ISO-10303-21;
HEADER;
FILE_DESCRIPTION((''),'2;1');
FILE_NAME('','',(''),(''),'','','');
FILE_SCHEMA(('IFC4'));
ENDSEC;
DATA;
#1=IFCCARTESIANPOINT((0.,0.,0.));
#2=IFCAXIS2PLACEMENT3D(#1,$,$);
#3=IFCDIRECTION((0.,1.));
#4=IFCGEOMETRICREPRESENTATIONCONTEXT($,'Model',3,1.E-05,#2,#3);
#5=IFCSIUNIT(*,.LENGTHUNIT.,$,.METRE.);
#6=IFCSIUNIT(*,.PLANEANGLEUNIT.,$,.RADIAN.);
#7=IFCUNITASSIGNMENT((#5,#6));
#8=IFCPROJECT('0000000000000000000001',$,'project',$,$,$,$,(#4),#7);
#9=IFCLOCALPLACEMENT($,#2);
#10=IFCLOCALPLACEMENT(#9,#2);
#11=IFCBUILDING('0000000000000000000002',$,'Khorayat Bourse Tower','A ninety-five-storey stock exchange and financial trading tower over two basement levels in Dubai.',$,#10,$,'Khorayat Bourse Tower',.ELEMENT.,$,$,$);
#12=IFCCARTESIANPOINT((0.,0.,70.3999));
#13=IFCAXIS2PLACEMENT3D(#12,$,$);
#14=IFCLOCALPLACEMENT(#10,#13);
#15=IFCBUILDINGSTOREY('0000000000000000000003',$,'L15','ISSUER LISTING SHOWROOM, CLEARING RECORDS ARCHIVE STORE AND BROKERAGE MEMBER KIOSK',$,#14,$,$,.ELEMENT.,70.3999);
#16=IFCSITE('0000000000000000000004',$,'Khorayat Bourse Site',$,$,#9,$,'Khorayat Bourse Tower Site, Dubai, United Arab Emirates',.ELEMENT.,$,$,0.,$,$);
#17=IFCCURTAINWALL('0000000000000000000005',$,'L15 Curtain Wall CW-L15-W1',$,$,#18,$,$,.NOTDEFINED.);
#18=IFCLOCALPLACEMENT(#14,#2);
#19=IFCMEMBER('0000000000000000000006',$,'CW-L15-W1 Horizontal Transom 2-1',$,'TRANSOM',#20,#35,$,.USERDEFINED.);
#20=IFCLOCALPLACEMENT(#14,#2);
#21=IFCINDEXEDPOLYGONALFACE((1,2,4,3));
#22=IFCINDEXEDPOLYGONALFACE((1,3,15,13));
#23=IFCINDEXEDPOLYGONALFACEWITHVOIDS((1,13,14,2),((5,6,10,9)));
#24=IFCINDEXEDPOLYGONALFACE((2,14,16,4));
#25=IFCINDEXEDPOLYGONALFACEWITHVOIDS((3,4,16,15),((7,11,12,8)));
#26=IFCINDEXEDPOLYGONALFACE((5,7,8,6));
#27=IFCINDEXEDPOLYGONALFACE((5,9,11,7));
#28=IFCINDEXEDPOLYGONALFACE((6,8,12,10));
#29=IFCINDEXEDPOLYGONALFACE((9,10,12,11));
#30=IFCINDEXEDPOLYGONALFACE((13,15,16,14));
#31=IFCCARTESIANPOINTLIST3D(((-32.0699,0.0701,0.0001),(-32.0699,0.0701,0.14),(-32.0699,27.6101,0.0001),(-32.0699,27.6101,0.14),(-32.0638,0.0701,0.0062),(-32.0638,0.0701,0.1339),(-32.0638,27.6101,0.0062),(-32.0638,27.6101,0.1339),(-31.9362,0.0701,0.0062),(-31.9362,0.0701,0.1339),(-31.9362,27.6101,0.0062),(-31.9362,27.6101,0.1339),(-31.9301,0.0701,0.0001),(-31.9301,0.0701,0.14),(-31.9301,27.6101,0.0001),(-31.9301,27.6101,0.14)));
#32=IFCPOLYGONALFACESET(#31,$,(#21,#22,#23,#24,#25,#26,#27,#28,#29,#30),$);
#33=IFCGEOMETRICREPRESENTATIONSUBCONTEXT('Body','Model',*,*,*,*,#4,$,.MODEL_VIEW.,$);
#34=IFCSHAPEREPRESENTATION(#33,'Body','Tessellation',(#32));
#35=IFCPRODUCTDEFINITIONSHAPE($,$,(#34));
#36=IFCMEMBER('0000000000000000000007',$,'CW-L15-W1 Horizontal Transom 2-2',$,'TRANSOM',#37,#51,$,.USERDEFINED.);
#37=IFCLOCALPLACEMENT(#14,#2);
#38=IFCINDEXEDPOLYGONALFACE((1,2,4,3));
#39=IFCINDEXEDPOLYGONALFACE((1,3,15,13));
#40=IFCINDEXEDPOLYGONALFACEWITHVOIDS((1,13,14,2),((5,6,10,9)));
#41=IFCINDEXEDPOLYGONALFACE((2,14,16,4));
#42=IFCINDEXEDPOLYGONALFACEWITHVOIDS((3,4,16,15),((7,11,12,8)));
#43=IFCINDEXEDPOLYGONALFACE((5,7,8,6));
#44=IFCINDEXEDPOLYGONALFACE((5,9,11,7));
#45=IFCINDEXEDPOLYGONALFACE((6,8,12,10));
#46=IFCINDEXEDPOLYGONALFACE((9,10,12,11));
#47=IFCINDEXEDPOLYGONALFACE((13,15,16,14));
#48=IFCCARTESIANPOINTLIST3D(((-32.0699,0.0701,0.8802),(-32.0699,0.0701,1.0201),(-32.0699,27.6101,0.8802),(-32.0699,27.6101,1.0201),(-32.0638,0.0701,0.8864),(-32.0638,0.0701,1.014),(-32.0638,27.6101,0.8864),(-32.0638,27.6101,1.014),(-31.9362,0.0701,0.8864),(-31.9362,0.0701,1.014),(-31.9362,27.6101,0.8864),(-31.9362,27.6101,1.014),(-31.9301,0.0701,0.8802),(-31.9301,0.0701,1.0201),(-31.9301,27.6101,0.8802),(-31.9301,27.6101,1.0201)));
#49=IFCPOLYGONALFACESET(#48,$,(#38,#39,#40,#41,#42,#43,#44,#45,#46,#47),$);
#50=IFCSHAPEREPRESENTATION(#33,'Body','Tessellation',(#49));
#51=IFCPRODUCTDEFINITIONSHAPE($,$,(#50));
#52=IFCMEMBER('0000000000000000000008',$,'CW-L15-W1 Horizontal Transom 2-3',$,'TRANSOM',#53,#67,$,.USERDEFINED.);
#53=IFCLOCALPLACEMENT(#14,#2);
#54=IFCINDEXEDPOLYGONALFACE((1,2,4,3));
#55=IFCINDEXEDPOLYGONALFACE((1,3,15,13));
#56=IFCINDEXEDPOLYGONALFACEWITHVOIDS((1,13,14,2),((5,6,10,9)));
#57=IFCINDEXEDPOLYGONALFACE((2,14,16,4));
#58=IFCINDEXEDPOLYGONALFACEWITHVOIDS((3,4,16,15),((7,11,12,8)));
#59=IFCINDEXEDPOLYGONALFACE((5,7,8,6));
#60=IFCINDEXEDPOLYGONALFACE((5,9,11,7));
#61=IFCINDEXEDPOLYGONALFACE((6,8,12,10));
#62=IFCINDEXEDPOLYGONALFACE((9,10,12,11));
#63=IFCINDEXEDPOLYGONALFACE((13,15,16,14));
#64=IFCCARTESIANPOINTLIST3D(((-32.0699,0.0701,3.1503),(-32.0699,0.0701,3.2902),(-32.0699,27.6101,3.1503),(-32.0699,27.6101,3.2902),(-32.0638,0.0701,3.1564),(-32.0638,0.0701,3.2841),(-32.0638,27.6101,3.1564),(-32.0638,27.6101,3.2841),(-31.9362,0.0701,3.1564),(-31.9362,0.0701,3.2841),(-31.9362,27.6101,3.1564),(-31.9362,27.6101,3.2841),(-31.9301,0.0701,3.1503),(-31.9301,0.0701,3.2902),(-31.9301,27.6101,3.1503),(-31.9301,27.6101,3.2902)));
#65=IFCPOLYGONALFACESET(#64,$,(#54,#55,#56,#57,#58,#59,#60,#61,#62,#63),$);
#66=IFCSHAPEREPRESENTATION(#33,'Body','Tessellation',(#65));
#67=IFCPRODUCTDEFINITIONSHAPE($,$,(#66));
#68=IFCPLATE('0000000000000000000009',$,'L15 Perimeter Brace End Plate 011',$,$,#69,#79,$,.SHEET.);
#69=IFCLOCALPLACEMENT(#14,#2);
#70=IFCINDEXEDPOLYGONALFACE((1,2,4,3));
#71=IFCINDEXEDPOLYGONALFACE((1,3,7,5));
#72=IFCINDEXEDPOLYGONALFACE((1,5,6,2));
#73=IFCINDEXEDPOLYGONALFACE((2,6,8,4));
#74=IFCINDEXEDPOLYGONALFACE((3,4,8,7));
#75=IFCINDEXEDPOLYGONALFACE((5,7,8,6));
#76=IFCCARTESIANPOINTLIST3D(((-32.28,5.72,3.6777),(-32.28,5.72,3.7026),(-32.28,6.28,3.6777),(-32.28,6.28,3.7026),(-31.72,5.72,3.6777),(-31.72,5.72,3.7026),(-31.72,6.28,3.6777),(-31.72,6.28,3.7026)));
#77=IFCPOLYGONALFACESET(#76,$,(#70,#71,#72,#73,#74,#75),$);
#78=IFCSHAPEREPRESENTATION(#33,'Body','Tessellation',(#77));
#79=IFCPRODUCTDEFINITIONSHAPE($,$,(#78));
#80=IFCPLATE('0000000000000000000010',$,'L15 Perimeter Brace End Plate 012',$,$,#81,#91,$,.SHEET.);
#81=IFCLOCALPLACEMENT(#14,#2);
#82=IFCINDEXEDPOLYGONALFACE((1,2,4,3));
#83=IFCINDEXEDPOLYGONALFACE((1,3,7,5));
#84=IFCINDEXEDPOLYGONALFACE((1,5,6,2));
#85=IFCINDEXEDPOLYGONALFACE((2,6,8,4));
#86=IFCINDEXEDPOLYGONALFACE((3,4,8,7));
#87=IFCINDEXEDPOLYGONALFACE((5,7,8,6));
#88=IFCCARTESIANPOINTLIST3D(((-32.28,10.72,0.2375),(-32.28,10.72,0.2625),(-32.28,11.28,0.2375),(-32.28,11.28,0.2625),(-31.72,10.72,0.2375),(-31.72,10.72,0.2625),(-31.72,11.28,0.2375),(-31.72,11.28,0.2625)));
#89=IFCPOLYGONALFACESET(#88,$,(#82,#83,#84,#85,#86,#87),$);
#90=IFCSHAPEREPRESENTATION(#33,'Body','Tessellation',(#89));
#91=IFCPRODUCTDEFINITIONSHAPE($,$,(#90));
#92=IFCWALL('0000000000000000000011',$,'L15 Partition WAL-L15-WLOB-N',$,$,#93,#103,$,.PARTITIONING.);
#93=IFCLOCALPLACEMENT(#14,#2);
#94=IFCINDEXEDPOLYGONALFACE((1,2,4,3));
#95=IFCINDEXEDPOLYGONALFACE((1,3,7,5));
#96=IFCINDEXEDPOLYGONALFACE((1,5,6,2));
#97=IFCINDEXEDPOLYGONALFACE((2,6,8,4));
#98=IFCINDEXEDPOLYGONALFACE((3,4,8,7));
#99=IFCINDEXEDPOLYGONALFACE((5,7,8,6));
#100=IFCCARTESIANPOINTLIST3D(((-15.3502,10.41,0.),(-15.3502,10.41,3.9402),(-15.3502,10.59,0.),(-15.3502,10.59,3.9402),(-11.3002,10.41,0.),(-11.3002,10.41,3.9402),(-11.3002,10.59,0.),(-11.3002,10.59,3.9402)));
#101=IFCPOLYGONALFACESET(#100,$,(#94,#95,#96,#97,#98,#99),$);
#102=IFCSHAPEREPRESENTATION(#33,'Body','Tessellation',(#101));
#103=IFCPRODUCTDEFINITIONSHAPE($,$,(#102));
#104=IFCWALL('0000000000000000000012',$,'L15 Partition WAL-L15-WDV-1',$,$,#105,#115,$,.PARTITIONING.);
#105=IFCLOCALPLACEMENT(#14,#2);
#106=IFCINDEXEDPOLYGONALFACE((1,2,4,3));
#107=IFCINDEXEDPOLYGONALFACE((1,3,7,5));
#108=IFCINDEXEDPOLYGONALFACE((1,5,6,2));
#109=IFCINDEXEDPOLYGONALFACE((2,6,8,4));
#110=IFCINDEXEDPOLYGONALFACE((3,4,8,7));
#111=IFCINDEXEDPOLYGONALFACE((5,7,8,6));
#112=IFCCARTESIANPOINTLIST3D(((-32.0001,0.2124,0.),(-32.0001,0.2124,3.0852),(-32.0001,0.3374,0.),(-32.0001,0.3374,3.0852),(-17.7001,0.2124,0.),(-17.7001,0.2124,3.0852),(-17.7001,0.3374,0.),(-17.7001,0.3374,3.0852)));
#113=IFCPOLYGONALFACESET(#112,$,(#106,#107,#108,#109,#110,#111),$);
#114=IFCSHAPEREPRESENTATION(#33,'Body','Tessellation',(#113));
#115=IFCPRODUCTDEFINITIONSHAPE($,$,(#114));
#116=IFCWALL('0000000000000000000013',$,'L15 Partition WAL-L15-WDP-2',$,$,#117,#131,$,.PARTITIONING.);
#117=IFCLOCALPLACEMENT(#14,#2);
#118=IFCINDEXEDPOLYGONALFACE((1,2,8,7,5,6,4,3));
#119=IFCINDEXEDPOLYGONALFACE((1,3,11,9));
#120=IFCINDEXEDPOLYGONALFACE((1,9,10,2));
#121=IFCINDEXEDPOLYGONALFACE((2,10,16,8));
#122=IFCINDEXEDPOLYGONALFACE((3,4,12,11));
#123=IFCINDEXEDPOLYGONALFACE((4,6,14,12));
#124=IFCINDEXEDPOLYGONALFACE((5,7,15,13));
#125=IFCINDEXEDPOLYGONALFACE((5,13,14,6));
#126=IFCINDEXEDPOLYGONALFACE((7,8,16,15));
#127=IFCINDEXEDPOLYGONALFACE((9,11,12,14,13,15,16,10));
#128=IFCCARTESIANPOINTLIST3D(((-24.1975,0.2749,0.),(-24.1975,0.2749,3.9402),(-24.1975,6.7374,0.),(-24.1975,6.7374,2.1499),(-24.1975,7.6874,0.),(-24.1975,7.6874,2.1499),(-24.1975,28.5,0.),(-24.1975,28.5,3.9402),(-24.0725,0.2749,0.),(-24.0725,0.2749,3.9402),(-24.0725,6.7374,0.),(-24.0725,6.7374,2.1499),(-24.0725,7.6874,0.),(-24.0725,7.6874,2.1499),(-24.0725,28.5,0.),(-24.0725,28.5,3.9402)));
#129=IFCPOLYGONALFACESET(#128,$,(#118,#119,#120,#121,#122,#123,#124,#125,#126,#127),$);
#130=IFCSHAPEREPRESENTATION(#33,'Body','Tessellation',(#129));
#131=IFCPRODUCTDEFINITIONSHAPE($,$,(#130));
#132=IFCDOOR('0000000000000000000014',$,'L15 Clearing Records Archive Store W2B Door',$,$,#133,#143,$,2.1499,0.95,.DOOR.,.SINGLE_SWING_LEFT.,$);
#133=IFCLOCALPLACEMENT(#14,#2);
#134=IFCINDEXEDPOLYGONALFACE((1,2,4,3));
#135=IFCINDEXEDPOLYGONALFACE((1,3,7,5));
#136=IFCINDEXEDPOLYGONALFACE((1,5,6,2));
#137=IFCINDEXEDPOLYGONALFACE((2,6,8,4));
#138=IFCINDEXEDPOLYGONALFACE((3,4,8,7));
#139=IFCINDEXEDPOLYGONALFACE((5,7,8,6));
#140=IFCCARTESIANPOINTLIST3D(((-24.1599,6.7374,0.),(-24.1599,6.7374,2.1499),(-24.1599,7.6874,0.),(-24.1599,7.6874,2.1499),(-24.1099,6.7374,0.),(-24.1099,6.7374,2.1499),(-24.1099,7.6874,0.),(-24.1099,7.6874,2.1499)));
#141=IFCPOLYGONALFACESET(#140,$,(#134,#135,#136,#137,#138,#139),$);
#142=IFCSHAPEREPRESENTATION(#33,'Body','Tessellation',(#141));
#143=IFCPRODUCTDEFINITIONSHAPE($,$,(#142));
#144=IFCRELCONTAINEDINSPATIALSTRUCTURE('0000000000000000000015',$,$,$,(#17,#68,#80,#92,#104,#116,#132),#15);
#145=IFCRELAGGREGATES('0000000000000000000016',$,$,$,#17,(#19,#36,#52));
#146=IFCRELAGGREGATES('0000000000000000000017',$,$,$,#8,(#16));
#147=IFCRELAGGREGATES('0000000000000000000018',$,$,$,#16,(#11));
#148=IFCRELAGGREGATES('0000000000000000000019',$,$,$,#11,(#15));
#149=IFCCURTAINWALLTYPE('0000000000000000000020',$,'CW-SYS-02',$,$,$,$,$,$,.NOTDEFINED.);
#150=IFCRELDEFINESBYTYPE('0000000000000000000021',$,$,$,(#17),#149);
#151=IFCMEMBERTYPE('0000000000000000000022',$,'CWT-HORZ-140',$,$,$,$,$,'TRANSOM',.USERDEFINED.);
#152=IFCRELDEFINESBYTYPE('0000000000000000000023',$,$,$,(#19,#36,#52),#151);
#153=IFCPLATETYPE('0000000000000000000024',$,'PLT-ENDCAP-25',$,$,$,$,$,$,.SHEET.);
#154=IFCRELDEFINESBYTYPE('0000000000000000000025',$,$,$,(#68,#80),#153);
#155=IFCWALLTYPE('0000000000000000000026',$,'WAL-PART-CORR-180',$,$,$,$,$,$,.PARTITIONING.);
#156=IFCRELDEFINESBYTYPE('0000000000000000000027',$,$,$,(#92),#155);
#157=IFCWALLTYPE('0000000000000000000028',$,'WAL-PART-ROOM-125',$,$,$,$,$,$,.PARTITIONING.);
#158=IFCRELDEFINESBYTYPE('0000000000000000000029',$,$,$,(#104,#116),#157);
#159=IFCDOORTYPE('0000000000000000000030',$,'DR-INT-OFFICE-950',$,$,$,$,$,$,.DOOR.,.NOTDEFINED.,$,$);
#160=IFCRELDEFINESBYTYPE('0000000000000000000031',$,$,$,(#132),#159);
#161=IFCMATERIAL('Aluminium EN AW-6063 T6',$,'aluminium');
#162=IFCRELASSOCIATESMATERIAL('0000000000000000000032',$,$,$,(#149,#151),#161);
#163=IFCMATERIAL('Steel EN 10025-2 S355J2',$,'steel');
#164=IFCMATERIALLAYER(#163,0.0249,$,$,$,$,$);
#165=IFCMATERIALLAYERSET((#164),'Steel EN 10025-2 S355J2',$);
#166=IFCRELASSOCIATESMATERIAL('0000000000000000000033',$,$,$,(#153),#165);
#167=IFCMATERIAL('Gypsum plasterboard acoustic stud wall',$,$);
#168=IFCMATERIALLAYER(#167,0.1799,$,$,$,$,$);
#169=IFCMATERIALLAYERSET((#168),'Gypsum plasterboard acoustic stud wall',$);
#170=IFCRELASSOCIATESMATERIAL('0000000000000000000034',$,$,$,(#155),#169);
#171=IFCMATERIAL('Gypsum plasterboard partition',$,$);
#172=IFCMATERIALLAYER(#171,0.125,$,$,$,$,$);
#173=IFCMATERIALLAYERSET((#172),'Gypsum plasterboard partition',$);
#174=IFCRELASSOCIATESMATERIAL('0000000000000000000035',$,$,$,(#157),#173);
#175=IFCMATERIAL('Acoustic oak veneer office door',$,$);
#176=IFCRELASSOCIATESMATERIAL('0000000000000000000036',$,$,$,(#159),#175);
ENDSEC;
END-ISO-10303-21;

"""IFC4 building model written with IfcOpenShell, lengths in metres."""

from ifc_helpers import new_model, si_unit, direction, frame, frame_2d, origin, origin_2d, place, context, subcontext, project, spatial, rectangle, hollow_rectangle, extrude, source, transform, mapped, material, layer, layer_set, material_profile, profile_set, type_object, element, fill, aggregate, save


model = new_model("IFC4")

# Units and contexts
model_context = context("Model", 3, precision=1e-05, world=origin(), true_north=direction((0.0, 1.0)))
body_context = subcontext(model_context, "Body", "Model", "MODEL_VIEW")
ifc_project = project(units=[si_unit("LENGTHUNIT", "METRE"), si_unit("PLANEANGLEUNIT", "RADIAN")], contexts=[model_context])

# Site, building, storey
site_placement = place(None, origin())
site = spatial("IfcSite", under=ifc_project, at=site_placement, Name="Khorayat Bourse Site", LongName="Khorayat Bourse Tower Site, Dubai, United Arab Emirates", CompositionType="ELEMENT", RefElevation=0.0)
building_placement = place(site_placement, origin())
building = spatial("IfcBuilding", under=site, at=building_placement, Name="Khorayat Bourse Tower", Description="A ninety-five-storey stock exchange and financial trading tower over two basement levels in Dubai.", LongName="Khorayat Bourse Tower", CompositionType="ELEMENT")
storey_placement = place(building_placement, frame((0.0, 0.0, 70.3999)))
storey = spatial("IfcBuildingStorey", under=building, at=storey_placement, Name="L15", Description="ISSUER LISTING SHOWROOM, CLEARING RECORDS ARCHIVE STORE AND BROKERAGE MEMBER KIOSK", CompositionType="ELEMENT", Elevation=70.3999)

# Curtain wall, members
ifc_material_1 = material(Name="Aluminium EN AW-6063 T6", Category="aluminium")
curtain_wall_type = type_object("IfcCurtainWallType", Name="CW-SYS-02", PredefinedType="NOTDEFINED", material=ifc_material_1)
curtain_wall_placement = place(storey_placement, origin())
curtain_wall = element("IfcCurtainWall", 1, at=curtain_wall_placement, inside=storey, type_object=curtain_wall_type, Name="L15 Curtain Wall CW-L15-W1", PredefinedType="NOTDEFINED")
ifc_material_profile_1 = material_profile(ifc_material_1, hollow_rectangle(XDim=0.1399, YDim=0.1399, WallThickness=0.0061, at=origin_2d()), Name="ALU 140x140x6")
ifc_profile_set_1 = profile_set([ifc_material_profile_1], Name="Aluminium EN AW-6063 T6")
member_type_1 = type_object("IfcMemberType", Name="CWT-HORZ-140", ElementType="TRANSOM", PredefinedType="USERDEFINED", material=ifc_profile_set_1)
shared_shape_1 = source(origin(), body_context, "Body", "SweptSolid", [
    extrude(hollow_rectangle(XDim=0.1399, YDim=0.1399, WallThickness=0.0061, at=origin_2d()), origin(), (0.0, 0.0, 1.0), 27.54),
])
member_1_placement = place(storey_placement, frame((-32.0, 0.0701, 0.0701), z_axis=(0.0, 1.0, 0.0), x_axis=(-1.0, 0.0, 0.0)))
member_1 = element("IfcMember", 2, at=member_1_placement, type_object=member_type_1, Name="CW-L15-W1 Horizontal Transom 2-1", ObjectType="TRANSOM", PredefinedType="USERDEFINED", context=body_context, shape_type="MappedRepresentation", body=[
    mapped(shared_shape_1, transform((0.0, 0.0, 0.0), scale=1.0)),
])
member_2_placement = place(storey_placement, frame((-32.0, 0.0701, 0.9502), z_axis=(0.0, 1.0, 0.0), x_axis=(-1.0, 0.0, 0.0)))
member_2 = element("IfcMember", 3, at=member_2_placement, type_object=member_type_1, Name="CW-L15-W1 Horizontal Transom 2-2", ObjectType="TRANSOM", PredefinedType="USERDEFINED", context=body_context, shape_type="MappedRepresentation", body=[
    mapped(shared_shape_1, transform((0.0, 0.0, 0.0), scale=1.0)),
])
member_3_placement = place(storey_placement, frame((-32.0, 0.0701, 3.2202), z_axis=(0.0, 1.0, 0.0), x_axis=(-1.0, 0.0, 0.0)))
member_3 = element("IfcMember", 4, at=member_3_placement, type_object=member_type_1, Name="CW-L15-W1 Horizontal Transom 2-3", ObjectType="TRANSOM", PredefinedType="USERDEFINED", context=body_context, shape_type="MappedRepresentation", body=[
    mapped(shared_shape_1, transform((0.0, 0.0, 0.0), scale=1.0)),
])
aggregate(curtain_wall, [member_1, member_2, member_3])

# Plates
ifc_material_2 = material(Name="Steel EN 10025-2 S355J2", Category="steel")
ifc_layer_1 = layer(ifc_material_2, 0.0249)
ifc_layer_set_1 = layer_set([ifc_layer_1], Name="Steel EN 10025-2 S355J2")
plate_type = type_object("IfcPlateType", Name="PLT-ENDCAP-25", PredefinedType="SHEET", material=ifc_layer_set_1)
shared_shape_2 = source(origin(), body_context, "Body", "SweptSolid", [
    extrude(rectangle(XDim=0.5601, YDim=0.5601, at=origin_2d()), origin(), (0.0, 0.0, 1.0), 0.0249),
])
for number, where, z_axis, x_axis, name in (
    (5, (-32.0, 6.0, 3.6777), (0.0, 0.0, 1.0), (1.0, 0.0, 0.0), "L15 Perimeter Brace End Plate 011"),
    (6, (-32.0, 11.0, 0.2375), (0.0, 0.0, 1.0), (1.0, 0.0, 0.0), "L15 Perimeter Brace End Plate 012"),
):
    element("IfcPlate", number, at=place(storey_placement, frame(where, z_axis=z_axis, x_axis=x_axis)), inside=storey, type_object=plate_type, Name=name, PredefinedType="SHEET", context=body_context, shape_type="MappedRepresentation", body=[
        mapped(shared_shape_2, transform((0.0, 0.0, 0.0), scale=1.0)),
    ])

# Walls
ifc_material_3 = material(Name="Gypsum plasterboard acoustic stud wall")
ifc_layer_2 = layer(ifc_material_3, 0.1799)
ifc_layer_set_2 = layer_set([ifc_layer_2], Name="Gypsum plasterboard acoustic stud wall")
wall_type_1 = type_object("IfcWallType", Name="WAL-PART-CORR-180", PredefinedType="PARTITIONING", material=ifc_layer_set_2)
shared_shape_3 = source(origin(), body_context, "Body", "SweptSolid", [
    extrude(rectangle(XDim=4.05, YDim=0.1799, at=frame_2d((2.0249, 0.0))), origin(), (0.0, 0.0, 1.0), 3.9402),
])
wall_1_placement = place(storey_placement, frame((-15.3501, 10.5, 0.0), z_axis=(0.0, 0.0, 1.0), x_axis=(1.0, 0.0, 0.0)))
element("IfcWall", 7, at=wall_1_placement, inside=storey, type_object=wall_type_1, Name="L15 Partition WAL-L15-WLOB-N", PredefinedType="PARTITIONING", context=body_context, shape_type="MappedRepresentation", body=[
    mapped(shared_shape_3, transform((0.0, 0.0, 0.0), scale=1.0)),
])
ifc_material_4 = material(Name="Gypsum plasterboard partition")
ifc_layer_3 = layer(ifc_material_4, 0.125)
ifc_layer_set_3 = layer_set([ifc_layer_3], Name="Gypsum plasterboard partition")
wall_type_2 = type_object("IfcWallType", Name="WAL-PART-ROOM-125", PredefinedType="PARTITIONING", material=ifc_layer_set_3)
shared_shape_4 = source(origin(), body_context, "Body", "SweptSolid", [
    extrude(rectangle(XDim=14.3, YDim=0.125, at=frame_2d((7.1499, 0.0))), origin(), (0.0, 0.0, 1.0), 3.0852),
])
wall_2_placement = place(storey_placement, frame((-32.0, 0.2749, 0.0), z_axis=(0.0, 0.0, 1.0), x_axis=(1.0, 0.0, 0.0)))
element("IfcWall", 8, at=wall_2_placement, inside=storey, type_object=wall_type_2, Name="L15 Partition WAL-L15-WDV-1", PredefinedType="PARTITIONING", context=body_context, shape_type="MappedRepresentation", body=[
    mapped(shared_shape_4, transform((0.0, 0.0, 0.0), scale=1.0)),
])

# Wall, opening, door
shared_shape_5 = source(origin(), body_context, "Body", "SweptSolid", [
    extrude(rectangle(XDim=28.2251, YDim=0.125, at=frame_2d((14.1125, 0.0))), origin(), (0.0, 0.0, 1.0), 3.9402),
])
wall_3_placement = place(storey_placement, frame((-24.135, 0.2749, 0.0), z_axis=(0.0, 0.0, 1.0), x_axis=(0.0, 1.0, 0.0)))
wall_3 = element("IfcWall", 9, at=wall_3_placement, inside=storey, type_object=wall_type_2, Name="L15 Partition WAL-L15-WDP-2", PredefinedType="PARTITIONING", context=body_context, shape_type="MappedRepresentation", body=[
    mapped(shared_shape_5, transform((0.0, 0.0, 0.0), scale=1.0)),
])
shared_shape_6 = source(origin(), body_context, "Body", "SweptSolid", [
    extrude(rectangle(XDim=0.95, YDim=2.1499, at=frame_2d((0.4751, 1.075))), frame((0.0, 0.0725, 0.0), z_axis=(0.0, -1.0, 0.0), x_axis=(1.0, 0.0, 0.0)), (0.0, 0.0, 1.0), 0.145),
])
opening_placement = place(wall_3_placement, frame((6.4624, 0.0, 0.0)))
opening = element("IfcOpeningElement", 10, at=opening_placement, cuts=wall_3, PredefinedType="OPENING", context=body_context, shape_type="MappedRepresentation", body=[
    mapped(shared_shape_6, transform((0.0, 0.0, 0.0), scale=1.0)),
])
ifc_material_5 = material(Name="Acoustic oak veneer office door")
door_type = type_object("IfcDoorType", Name="DR-INT-OFFICE-950", OperationType="NOTDEFINED", PredefinedType="DOOR", material=ifc_material_5)
shared_shape_7 = source(origin(), body_context, "Body", "SweptSolid", [
    extrude(rectangle(XDim=0.95, YDim=2.1499, at=frame_2d((0.4751, 1.075))), frame((0.0, 0.0249, 0.0), z_axis=(0.0, -1.0, 0.0), x_axis=(1.0, 0.0, 0.0)), (0.0, 0.0, 1.0), 0.05),
])
door_placement = place(opening_placement, origin())
door = element("IfcDoor", 11, at=door_placement, inside=storey, type_object=door_type, Name="L15 Clearing Records Archive Store W2B Door", OperationType="SINGLE_SWING_LEFT", OverallHeight=2.1499, OverallWidth=0.95, PredefinedType="DOOR", context=body_context, shape_type="MappedRepresentation", body=[
    mapped(shared_shape_7, transform((0.0, 0.0, 0.0), scale=1.0)),
])
fill(opening, door)

save(model, "model.ifc")
